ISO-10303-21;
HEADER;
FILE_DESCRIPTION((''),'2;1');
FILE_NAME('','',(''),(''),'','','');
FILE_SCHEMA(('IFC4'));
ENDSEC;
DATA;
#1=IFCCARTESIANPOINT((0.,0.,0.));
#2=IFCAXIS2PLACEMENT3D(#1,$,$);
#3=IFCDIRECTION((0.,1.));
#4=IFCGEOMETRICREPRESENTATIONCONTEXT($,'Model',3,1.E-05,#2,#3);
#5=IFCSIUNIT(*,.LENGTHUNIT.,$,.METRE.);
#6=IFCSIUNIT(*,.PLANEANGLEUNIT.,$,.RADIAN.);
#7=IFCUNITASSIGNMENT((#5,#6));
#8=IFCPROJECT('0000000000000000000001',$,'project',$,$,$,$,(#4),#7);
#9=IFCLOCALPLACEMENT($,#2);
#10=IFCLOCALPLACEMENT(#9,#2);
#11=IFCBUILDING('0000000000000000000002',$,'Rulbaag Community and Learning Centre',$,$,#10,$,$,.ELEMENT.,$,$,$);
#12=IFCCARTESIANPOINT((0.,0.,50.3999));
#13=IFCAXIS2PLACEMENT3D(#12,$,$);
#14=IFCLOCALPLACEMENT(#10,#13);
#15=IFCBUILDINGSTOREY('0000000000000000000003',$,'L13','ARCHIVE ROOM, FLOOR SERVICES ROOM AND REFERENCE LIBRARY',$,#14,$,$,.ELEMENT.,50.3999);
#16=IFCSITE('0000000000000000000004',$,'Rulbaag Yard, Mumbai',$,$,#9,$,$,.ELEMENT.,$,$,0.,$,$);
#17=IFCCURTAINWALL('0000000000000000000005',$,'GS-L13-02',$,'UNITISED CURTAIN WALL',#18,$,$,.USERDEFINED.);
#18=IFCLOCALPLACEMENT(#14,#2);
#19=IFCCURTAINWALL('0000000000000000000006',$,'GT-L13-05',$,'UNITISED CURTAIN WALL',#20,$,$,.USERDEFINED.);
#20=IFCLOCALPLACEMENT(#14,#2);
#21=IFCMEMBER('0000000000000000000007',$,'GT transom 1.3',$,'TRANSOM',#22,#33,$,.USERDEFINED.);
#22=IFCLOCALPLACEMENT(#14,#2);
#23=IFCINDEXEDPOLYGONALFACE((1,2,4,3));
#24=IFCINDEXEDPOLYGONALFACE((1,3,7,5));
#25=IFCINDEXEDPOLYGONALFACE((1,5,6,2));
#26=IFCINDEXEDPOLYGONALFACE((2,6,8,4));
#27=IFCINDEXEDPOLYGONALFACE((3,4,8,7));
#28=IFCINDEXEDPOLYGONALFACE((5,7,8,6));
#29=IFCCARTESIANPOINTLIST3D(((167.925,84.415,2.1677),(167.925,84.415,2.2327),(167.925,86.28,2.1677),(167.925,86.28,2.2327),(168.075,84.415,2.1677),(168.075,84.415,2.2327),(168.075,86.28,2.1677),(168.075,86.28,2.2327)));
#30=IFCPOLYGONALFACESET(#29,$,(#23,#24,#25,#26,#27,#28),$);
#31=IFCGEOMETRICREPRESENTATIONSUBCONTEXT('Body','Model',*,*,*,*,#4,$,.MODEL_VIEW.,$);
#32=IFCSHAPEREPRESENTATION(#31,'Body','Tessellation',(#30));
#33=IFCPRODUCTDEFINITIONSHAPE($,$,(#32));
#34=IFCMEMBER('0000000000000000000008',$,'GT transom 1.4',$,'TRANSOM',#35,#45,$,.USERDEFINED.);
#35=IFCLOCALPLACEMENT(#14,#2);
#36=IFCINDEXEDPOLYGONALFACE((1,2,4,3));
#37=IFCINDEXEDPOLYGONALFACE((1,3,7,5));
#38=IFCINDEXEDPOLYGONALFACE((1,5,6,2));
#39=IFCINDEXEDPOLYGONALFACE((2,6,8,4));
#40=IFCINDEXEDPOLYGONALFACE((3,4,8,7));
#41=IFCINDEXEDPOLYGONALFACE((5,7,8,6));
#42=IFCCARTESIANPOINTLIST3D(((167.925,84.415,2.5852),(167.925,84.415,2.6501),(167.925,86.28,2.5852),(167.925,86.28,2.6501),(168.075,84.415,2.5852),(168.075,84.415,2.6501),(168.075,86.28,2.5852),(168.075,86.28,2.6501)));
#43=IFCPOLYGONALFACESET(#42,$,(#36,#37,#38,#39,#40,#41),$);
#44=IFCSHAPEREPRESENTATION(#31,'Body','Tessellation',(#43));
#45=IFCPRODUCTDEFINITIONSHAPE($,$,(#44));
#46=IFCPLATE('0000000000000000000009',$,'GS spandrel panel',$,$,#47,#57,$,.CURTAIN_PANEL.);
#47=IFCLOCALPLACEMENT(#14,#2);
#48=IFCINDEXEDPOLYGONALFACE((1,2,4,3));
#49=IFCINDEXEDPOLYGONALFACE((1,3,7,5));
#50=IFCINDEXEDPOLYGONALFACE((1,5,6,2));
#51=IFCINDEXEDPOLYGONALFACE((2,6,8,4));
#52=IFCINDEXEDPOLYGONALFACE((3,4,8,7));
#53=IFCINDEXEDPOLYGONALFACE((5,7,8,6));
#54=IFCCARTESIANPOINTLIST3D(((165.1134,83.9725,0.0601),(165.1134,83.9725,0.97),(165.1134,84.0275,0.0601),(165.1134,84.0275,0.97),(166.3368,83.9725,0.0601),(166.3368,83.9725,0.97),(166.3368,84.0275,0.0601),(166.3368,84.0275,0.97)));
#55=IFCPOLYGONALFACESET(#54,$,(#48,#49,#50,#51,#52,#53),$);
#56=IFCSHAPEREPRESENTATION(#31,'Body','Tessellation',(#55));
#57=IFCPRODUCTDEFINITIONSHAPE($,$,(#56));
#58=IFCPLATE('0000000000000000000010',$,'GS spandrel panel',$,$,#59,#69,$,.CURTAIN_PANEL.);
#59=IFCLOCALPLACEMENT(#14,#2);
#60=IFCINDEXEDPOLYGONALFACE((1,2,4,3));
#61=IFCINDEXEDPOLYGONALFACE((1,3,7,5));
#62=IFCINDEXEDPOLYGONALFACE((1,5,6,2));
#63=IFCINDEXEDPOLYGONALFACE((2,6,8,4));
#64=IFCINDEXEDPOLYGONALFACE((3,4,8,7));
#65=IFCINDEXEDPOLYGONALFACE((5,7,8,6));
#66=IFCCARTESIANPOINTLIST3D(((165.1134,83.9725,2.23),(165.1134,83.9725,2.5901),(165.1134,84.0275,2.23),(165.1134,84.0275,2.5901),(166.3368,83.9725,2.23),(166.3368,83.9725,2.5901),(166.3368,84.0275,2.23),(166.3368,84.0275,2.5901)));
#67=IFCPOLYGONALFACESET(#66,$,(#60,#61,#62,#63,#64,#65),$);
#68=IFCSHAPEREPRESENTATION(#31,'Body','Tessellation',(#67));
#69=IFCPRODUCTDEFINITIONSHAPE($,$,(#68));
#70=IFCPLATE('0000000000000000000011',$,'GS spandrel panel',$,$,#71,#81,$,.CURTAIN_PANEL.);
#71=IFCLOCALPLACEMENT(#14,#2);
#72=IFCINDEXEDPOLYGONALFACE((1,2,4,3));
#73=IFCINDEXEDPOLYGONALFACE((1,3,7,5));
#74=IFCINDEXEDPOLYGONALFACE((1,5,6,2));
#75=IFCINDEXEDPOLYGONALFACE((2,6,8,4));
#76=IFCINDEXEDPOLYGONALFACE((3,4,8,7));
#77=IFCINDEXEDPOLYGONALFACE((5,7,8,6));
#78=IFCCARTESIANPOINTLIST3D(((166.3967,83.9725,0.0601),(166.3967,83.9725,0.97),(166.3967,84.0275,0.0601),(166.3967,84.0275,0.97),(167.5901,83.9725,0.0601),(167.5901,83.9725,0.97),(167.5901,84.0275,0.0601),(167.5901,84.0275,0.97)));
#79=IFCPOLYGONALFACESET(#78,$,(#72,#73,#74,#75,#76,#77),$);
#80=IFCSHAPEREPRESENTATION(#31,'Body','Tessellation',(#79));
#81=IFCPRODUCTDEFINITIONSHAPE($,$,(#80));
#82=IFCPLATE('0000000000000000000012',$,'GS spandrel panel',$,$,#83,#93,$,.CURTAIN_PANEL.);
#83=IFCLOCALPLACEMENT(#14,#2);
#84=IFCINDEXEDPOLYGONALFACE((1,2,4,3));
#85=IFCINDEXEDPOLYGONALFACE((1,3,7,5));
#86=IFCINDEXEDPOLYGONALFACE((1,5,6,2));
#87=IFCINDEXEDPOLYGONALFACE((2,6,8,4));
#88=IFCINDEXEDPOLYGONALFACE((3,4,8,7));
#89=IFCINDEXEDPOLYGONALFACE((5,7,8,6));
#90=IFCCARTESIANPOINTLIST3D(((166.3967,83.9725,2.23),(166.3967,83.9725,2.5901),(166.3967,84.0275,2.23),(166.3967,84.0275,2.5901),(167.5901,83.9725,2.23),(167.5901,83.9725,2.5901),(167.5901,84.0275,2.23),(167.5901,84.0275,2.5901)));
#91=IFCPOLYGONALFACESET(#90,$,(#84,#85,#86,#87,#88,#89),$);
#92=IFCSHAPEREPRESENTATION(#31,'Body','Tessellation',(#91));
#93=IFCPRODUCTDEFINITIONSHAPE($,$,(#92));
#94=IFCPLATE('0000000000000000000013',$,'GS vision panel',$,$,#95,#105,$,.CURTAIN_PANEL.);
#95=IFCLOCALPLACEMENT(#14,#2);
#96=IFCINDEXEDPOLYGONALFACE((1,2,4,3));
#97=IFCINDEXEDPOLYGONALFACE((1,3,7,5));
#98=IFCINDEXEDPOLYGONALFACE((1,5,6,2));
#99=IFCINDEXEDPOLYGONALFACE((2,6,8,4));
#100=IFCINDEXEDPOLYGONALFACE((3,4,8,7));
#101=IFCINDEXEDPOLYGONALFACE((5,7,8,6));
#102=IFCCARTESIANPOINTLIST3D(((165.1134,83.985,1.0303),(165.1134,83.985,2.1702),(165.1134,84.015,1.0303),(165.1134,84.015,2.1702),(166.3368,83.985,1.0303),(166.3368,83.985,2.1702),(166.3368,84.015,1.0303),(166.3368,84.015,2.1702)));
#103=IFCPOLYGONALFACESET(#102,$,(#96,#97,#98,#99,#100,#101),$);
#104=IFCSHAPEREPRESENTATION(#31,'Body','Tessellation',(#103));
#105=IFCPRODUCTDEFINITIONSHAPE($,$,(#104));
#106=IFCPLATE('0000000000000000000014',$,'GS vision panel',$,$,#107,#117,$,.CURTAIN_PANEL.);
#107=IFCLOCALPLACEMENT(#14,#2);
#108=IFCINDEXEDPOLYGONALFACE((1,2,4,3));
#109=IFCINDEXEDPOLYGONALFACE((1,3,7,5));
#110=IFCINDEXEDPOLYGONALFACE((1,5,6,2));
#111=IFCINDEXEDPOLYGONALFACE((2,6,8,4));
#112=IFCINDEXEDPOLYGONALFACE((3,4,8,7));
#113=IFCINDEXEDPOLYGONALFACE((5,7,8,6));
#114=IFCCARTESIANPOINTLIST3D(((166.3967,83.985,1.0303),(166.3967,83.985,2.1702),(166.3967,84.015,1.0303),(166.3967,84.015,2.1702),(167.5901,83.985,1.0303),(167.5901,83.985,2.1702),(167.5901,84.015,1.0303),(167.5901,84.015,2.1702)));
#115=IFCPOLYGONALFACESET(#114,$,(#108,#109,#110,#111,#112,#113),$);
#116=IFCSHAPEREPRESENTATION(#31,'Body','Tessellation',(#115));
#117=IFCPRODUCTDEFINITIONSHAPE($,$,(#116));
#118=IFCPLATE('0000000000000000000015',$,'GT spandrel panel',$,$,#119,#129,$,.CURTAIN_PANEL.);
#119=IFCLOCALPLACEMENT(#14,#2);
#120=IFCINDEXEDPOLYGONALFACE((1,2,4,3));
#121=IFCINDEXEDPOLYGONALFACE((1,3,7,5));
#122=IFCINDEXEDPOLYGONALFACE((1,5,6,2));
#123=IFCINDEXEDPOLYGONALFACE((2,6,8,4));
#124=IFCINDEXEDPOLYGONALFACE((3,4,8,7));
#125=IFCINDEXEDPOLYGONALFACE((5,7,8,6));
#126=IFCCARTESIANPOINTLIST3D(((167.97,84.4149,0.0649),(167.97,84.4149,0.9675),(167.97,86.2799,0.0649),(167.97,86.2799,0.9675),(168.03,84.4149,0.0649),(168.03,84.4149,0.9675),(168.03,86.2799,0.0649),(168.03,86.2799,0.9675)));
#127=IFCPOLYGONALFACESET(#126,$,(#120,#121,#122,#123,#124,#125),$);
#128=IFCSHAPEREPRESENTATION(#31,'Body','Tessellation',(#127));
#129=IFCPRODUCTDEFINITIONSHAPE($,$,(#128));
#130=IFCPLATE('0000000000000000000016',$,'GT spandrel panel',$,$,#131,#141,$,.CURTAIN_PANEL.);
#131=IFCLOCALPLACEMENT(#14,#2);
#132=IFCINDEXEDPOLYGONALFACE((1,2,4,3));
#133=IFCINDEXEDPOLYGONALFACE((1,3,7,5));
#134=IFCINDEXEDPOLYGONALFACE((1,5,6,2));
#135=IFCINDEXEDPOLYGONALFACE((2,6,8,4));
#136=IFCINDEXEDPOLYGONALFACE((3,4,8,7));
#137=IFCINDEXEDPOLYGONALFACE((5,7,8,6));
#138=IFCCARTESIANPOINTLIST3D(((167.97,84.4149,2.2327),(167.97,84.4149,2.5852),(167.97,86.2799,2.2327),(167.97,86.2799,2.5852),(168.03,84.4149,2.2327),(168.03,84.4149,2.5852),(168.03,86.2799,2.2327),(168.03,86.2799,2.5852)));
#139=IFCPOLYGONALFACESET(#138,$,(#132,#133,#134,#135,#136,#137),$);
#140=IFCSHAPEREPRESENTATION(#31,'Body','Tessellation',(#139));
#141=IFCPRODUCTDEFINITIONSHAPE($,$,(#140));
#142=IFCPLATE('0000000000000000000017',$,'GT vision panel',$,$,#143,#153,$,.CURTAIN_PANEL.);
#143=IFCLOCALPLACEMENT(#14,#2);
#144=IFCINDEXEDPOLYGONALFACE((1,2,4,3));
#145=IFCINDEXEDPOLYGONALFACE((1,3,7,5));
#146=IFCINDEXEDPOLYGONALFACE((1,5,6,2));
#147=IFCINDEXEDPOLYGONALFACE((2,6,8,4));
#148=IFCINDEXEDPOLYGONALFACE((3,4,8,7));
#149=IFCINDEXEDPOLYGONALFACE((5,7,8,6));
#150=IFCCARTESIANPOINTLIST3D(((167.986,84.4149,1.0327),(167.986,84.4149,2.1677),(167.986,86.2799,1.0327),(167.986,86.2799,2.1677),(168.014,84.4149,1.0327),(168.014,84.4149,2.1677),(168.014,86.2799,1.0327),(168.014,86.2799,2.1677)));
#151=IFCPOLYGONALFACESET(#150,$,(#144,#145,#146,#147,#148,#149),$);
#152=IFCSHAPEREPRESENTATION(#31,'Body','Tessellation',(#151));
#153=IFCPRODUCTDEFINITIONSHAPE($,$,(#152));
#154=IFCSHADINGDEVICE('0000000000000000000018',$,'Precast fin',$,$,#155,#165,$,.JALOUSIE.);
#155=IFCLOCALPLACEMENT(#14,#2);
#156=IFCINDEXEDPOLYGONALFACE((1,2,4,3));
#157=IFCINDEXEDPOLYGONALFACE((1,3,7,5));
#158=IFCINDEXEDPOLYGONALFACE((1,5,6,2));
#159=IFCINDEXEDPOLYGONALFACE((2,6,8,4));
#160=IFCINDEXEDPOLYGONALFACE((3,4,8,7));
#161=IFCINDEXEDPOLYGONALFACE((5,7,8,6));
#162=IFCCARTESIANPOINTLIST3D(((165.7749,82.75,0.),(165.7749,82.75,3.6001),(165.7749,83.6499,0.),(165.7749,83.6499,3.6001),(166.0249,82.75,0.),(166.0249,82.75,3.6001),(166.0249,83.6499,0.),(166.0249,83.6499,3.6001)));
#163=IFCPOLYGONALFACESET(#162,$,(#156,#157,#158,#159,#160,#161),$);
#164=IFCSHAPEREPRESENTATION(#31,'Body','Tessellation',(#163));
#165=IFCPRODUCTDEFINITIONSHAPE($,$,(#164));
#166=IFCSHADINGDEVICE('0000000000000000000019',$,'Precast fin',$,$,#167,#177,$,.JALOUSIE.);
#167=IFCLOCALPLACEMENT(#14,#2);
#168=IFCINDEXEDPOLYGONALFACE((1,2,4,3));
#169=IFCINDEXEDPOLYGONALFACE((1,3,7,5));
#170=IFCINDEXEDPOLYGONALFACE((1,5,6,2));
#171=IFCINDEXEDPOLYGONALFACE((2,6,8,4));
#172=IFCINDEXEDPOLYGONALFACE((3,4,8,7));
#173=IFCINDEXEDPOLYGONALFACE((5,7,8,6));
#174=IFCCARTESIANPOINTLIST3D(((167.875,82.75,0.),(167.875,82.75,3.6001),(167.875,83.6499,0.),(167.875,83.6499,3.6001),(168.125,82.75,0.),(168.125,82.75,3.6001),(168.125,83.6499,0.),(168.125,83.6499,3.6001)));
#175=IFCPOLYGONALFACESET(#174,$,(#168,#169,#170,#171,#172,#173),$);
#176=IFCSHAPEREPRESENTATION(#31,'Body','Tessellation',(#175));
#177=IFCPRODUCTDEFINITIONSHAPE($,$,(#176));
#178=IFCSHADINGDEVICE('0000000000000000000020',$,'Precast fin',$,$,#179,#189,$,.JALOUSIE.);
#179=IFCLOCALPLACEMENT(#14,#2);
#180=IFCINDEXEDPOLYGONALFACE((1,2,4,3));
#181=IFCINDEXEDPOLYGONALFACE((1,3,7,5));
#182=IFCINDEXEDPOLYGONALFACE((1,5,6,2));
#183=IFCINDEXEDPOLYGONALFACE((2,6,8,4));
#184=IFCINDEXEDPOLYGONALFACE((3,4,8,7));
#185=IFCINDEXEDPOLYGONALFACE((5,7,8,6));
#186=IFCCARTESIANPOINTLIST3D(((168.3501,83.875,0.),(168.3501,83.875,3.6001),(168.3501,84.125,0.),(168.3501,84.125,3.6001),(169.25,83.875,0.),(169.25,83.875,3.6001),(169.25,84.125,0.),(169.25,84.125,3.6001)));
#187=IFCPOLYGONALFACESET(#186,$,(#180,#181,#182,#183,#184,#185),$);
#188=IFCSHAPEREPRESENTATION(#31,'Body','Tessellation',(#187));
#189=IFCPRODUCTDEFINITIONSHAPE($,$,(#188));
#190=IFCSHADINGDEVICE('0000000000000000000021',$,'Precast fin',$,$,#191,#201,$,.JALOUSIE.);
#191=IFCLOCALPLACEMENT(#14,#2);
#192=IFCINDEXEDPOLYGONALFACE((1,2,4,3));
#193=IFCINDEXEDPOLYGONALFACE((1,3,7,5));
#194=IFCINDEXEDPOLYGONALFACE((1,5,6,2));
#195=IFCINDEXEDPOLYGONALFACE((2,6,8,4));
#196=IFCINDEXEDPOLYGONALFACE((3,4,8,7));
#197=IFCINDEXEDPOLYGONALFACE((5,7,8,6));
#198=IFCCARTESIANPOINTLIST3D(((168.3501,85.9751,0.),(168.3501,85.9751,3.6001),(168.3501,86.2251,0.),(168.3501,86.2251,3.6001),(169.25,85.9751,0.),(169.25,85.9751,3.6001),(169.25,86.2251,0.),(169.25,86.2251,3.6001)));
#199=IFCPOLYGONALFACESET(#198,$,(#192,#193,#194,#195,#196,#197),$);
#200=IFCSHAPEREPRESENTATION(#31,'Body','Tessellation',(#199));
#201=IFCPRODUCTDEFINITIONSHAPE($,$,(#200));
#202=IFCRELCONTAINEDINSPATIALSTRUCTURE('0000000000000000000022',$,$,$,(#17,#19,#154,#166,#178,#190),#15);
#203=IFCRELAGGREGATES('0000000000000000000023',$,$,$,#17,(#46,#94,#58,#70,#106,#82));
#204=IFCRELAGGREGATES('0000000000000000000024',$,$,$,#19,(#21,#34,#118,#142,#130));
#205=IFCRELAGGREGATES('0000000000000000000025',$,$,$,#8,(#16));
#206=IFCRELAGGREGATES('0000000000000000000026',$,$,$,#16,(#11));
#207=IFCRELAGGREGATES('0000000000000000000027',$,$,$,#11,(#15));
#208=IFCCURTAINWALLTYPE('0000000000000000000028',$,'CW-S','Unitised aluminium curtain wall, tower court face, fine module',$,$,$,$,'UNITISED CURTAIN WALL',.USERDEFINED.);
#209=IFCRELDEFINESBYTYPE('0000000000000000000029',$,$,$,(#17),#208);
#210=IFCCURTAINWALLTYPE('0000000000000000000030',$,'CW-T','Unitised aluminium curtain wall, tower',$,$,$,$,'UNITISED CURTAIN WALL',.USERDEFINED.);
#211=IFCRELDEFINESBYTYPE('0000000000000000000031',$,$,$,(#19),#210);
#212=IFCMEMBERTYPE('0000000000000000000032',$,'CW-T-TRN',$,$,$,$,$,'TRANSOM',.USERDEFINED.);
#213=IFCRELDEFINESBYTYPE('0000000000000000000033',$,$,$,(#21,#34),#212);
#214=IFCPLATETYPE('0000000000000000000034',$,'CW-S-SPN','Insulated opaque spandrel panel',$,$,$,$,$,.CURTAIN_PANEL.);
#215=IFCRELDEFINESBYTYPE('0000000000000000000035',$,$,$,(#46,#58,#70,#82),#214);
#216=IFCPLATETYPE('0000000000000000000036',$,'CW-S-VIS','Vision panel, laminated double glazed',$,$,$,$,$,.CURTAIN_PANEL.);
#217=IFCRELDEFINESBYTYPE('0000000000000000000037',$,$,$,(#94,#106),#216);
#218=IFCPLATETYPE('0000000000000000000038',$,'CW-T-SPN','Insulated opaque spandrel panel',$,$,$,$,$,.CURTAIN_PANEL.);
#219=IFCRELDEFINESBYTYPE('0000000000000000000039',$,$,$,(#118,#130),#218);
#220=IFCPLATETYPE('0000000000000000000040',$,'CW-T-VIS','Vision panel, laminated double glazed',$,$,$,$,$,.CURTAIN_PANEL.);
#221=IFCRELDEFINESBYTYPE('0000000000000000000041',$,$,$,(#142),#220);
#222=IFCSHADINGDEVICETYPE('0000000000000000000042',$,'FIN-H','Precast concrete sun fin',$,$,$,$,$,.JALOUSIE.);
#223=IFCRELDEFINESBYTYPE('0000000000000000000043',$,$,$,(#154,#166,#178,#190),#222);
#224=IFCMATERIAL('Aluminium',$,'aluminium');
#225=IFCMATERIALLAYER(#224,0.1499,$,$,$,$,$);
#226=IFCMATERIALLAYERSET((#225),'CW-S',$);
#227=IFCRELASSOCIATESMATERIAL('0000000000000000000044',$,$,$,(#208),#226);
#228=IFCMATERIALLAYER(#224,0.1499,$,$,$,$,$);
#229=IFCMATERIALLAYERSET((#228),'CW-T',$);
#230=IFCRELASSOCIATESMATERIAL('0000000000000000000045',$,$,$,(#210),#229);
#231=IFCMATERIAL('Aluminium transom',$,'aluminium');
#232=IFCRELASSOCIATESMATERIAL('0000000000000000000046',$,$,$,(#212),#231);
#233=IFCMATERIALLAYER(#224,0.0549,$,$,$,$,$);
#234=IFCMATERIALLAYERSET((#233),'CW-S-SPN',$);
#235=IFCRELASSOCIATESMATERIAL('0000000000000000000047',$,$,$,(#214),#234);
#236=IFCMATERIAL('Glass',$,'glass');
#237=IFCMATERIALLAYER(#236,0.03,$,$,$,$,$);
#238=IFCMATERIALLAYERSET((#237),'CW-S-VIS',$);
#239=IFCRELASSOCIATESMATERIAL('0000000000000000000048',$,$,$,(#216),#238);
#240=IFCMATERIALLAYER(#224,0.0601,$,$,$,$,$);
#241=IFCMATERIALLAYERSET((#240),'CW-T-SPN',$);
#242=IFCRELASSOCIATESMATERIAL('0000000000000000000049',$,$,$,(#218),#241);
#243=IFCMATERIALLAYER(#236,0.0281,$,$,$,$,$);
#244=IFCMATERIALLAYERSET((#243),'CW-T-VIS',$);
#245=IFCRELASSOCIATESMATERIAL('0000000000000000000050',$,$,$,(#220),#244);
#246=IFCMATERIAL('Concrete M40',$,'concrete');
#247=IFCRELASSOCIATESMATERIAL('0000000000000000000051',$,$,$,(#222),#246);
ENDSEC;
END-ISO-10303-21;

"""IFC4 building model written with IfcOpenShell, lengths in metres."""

from ifc_helpers import new_model, si_unit, direction, frame, origin, origin_2d, place, context, subcontext, project, spatial, rectangle, extrude, material, layer, layer_set, material_profile, profile_set, type_object, element, aggregate, save


model = new_model("IFC4")

# Units and contexts
model_context = context("Model", 3, precision=1e-05, world=origin(), true_north=direction((0.0, 1.0)))
body_context = subcontext(model_context, "Body", "Model", "MODEL_VIEW")
ifc_project = project(units=[si_unit("LENGTHUNIT", "METRE"), si_unit("PLANEANGLEUNIT", "RADIAN")], contexts=[model_context])

# Site, building, storey
site_placement = place(None, origin())
site = spatial("IfcSite", under=ifc_project, at=site_placement, Name="Rulbaag Yard, Mumbai", CompositionType="ELEMENT", RefElevation=0.0)
building_placement = place(site_placement, origin())
building = spatial("IfcBuilding", under=site, at=building_placement, Name="Rulbaag Community and Learning Centre", CompositionType="ELEMENT")
storey_placement = place(building_placement, frame((0.0, 0.0, 50.3999)))
storey = spatial("IfcBuildingStorey", under=building, at=storey_placement, Name="L13", Description="ARCHIVE ROOM, FLOOR SERVICES ROOM AND REFERENCE LIBRARY", CompositionType="ELEMENT", Elevation=50.3999)

# Shared definitions
ifc_material_1 = material(Name="Concrete M40", Category="concrete")

# Curtain walls, members
ifc_material_2 = material(Name="Aluminium", Category="aluminium")
ifc_layer_1 = layer(ifc_material_2, 0.1499)
ifc_layer_set_1 = layer_set([ifc_layer_1], Name="CW-S")
curtain_wall_type_1 = type_object("IfcCurtainWallType", Name="CW-S", Description="Unitised aluminium curtain wall, tower court face, fine module", ElementType="UNITISED CURTAIN WALL", PredefinedType="USERDEFINED", material=ifc_layer_set_1)
curtain_wall_1_placement = place(storey_placement, origin())
curtain_wall_1 = element("IfcCurtainWall", 1, at=curtain_wall_1_placement, inside=storey, type_object=curtain_wall_type_1, Name="GS-L13-02", ObjectType="UNITISED CURTAIN WALL", PredefinedType="USERDEFINED")
ifc_material_3 = material(Name="Aluminium transom", Category="aluminium")
ifc_layer_2 = layer(ifc_material_2, 0.1499)
ifc_layer_set_2 = layer_set([ifc_layer_2], Name="CW-T")
curtain_wall_type_2 = type_object("IfcCurtainWallType", Name="CW-T", Description="Unitised aluminium curtain wall, tower", ElementType="UNITISED CURTAIN WALL", PredefinedType="USERDEFINED", material=ifc_layer_set_2)
curtain_wall_2_placement = place(storey_placement, origin())
curtain_wall_2 = element("IfcCurtainWall", 2, at=curtain_wall_2_placement, inside=storey, type_object=curtain_wall_type_2, Name="GT-L13-05", ObjectType="UNITISED CURTAIN WALL", PredefinedType="USERDEFINED")
ifc_material_profile_1 = material_profile(ifc_material_3, rectangle(XDim=0.1499, YDim=0.0649, at=origin_2d()), Name="AL 65x150 T")
ifc_profile_set_1 = profile_set([ifc_material_profile_1], Name="Aluminium transom")
member_type_1 = type_object("IfcMemberType", Name="CW-T-TRN", ElementType="TRANSOM", PredefinedType="USERDEFINED", material=ifc_profile_set_1)
member_1_placement = place(storey_placement, frame((168.0, 84.415, 2.2002), z_axis=(0.0, 1.0, 0.0), x_axis=(-1.0, 0.0, 0.0)))
member_1 = element("IfcMember", 3, at=member_1_placement, type_object=member_type_1, Name="GT transom 1.3", ObjectType="TRANSOM", PredefinedType="USERDEFINED", context=body_context, shape_type="SweptSolid", body=[
    extrude(rectangle(XDim=0.1499, YDim=0.0649, at=origin_2d()), origin(), (0.0, 0.0, 1.0), 1.865),
])
member_2_placement = place(storey_placement, frame((168.0, 84.415, 2.6177), z_axis=(0.0, 1.0, 0.0), x_axis=(-1.0, 0.0, 0.0)))
member_2 = element("IfcMember", 4, at=member_2_placement, type_object=member_type_1, Name="GT transom 1.4", ObjectType="TRANSOM", PredefinedType="USERDEFINED", context=body_context, shape_type="SweptSolid", body=[
    extrude(rectangle(XDim=0.1499, YDim=0.0649, at=origin_2d()), origin(), (0.0, 0.0, 1.0), 1.865),
])

# Plates
ifc_layer_3 = layer(ifc_material_2, 0.0549)
ifc_layer_set_3 = layer_set([ifc_layer_3], Name="CW-S-SPN")
plate_type_1 = type_object("IfcPlateType", Name="CW-S-SPN", Description="Insulated opaque spandrel panel", PredefinedType="CURTAIN_PANEL", material=ifc_layer_set_3)
plate_1_placement = place(storey_placement, frame((165.7251, 84.0, 0.0601), z_axis=(0.0, 0.0, 1.0), x_axis=(1.0, 0.0, 0.0)))
plate_1 = element("IfcPlate", 5, at=plate_1_placement, type_object=plate_type_1, Name="GS spandrel panel", PredefinedType="CURTAIN_PANEL", context=body_context, shape_type="SweptSolid", body=[
    extrude(rectangle(XDim=1.2234, YDim=0.0549, at=origin_2d()), origin(), (0.0, 0.0, 1.0), 0.9099),
])
plate_2_placement = place(storey_placement, frame((165.7251, 84.0, 2.23), z_axis=(0.0, 0.0, 1.0), x_axis=(1.0, 0.0, 0.0)))
plate_2 = element("IfcPlate", 6, at=plate_2_placement, type_object=plate_type_1, Name="GS spandrel panel", PredefinedType="CURTAIN_PANEL", context=body_context, shape_type="SweptSolid", body=[
    extrude(rectangle(XDim=1.2234, YDim=0.0549, at=origin_2d()), origin(), (0.0, 0.0, 1.0), 0.3601),
])
plate_3_placement = place(storey_placement, frame((166.9934, 84.0, 0.0601), z_axis=(0.0, 0.0, 1.0), x_axis=(1.0, 0.0, 0.0)))
plate_3 = element("IfcPlate", 7, at=plate_3_placement, type_object=plate_type_1, Name="GS spandrel panel", PredefinedType="CURTAIN_PANEL", context=body_context, shape_type="SweptSolid", body=[
    extrude(rectangle(XDim=1.1934, YDim=0.0549, at=origin_2d()), origin(), (0.0, 0.0, 1.0), 0.9099),
])
plate_4_placement = place(storey_placement, frame((166.9934, 84.0, 2.23), z_axis=(0.0, 0.0, 1.0), x_axis=(1.0, 0.0, 0.0)))
plate_4 = element("IfcPlate", 8, at=plate_4_placement, type_object=plate_type_1, Name="GS spandrel panel", PredefinedType="CURTAIN_PANEL", context=body_context, shape_type="SweptSolid", body=[
    extrude(rectangle(XDim=1.1934, YDim=0.0549, at=origin_2d()), origin(), (0.0, 0.0, 1.0), 0.3601),
])
ifc_material_4 = material(Name="Glass", Category="glass")
ifc_layer_4 = layer(ifc_material_4, 0.03)
ifc_layer_set_4 = layer_set([ifc_layer_4], Name="CW-S-VIS")
plate_type_2 = type_object("IfcPlateType", Name="CW-S-VIS", Description="Vision panel, laminated double glazed", PredefinedType="CURTAIN_PANEL", material=ifc_layer_set_4)
plate_5_placement = place(storey_placement, frame((165.7251, 84.0, 1.0303), z_axis=(0.0, 0.0, 1.0), x_axis=(1.0, 0.0, 0.0)))
plate_5 = element("IfcPlate", 9, at=plate_5_placement, type_object=plate_type_2, Name="GS vision panel", PredefinedType="CURTAIN_PANEL", context=body_context, shape_type="SweptSolid", body=[
    extrude(rectangle(XDim=1.2234, YDim=0.03, at=origin_2d()), origin(), (0.0, 0.0, 1.0), 1.1399),
])
plate_6_placement = place(storey_placement, frame((166.9934, 84.0, 1.0303), z_axis=(0.0, 0.0, 1.0), x_axis=(1.0, 0.0, 0.0)))
plate_6 = element("IfcPlate", 10, at=plate_6_placement, type_object=plate_type_2, Name="GS vision panel", PredefinedType="CURTAIN_PANEL", context=body_context, shape_type="SweptSolid", body=[
    extrude(rectangle(XDim=1.1934, YDim=0.03, at=origin_2d()), origin(), (0.0, 0.0, 1.0), 1.1399),
])
aggregate(curtain_wall_1, [plate_1, plate_5, plate_2, plate_3, plate_6, plate_4])
ifc_layer_5 = layer(ifc_material_2, 0.0601)
ifc_layer_set_5 = layer_set([ifc_layer_5], Name="CW-T-SPN")
plate_type_3 = type_object("IfcPlateType", Name="CW-T-SPN", Description="Insulated opaque spandrel panel", PredefinedType="CURTAIN_PANEL", material=ifc_layer_set_5)
plate_7_placement = place(storey_placement, frame((168.0, 85.3474, 0.0649), z_axis=(0.0, 0.0, 1.0), x_axis=(0.0, 1.0, 0.0)))
plate_7 = element("IfcPlate", 11, at=plate_7_placement, type_object=plate_type_3, Name="GT spandrel panel", PredefinedType="CURTAIN_PANEL", context=body_context, shape_type="SweptSolid", body=[
    extrude(rectangle(XDim=1.865, YDim=0.0601, at=origin_2d()), origin(), (0.0, 0.0, 1.0), 0.9026),
])
plate_8_placement = place(storey_placement, frame((168.0, 85.3474, 2.2327), z_axis=(0.0, 0.0, 1.0), x_axis=(0.0, 1.0, 0.0)))
plate_8 = element("IfcPlate", 12, at=plate_8_placement, type_object=plate_type_3, Name="GT spandrel panel", PredefinedType="CURTAIN_PANEL", context=body_context, shape_type="SweptSolid", body=[
    extrude(rectangle(XDim=1.865, YDim=0.0601, at=origin_2d()), origin(), (0.0, 0.0, 1.0), 0.3525),
])
ifc_layer_6 = layer(ifc_material_4, 0.0281)
ifc_layer_set_6 = layer_set([ifc_layer_6], Name="CW-T-VIS")
plate_type_4 = type_object("IfcPlateType", Name="CW-T-VIS", Description="Vision panel, laminated double glazed", PredefinedType="CURTAIN_PANEL", material=ifc_layer_set_6)
plate_9_placement = place(storey_placement, frame((168.0, 85.3474, 1.0327), z_axis=(0.0, 0.0, 1.0), x_axis=(0.0, 1.0, 0.0)))
plate_9 = element("IfcPlate", 13, at=plate_9_placement, type_object=plate_type_4, Name="GT vision panel", PredefinedType="CURTAIN_PANEL", context=body_context, shape_type="SweptSolid", body=[
    extrude(rectangle(XDim=1.865, YDim=0.0281, at=origin_2d()), origin(), (0.0, 0.0, 1.0), 1.135),
])
aggregate(curtain_wall_2, [member_1, member_2, plate_7, plate_9, plate_8])

# Shading devices
ifc_material_profile_2 = material_profile(ifc_material_1, rectangle(XDim=0.25, YDim=0.8999, at=origin_2d()), Name="PC 250x900")
ifc_profile_set_2 = profile_set([ifc_material_profile_2], Name="Concrete M40")
shading_device_type = type_object("IfcShadingDeviceType", Name="FIN-H", Description="Precast concrete sun fin", PredefinedType="JALOUSIE", material=ifc_profile_set_2)
for number, where, z_axis, x_axis, name in (
    (14, (165.8999, 83.2, 0.0), (0.0, 0.0, 1.0), (1.0, 0.0, 0.0), "Precast fin"),
    (15, (168.0, 83.2, 0.0), (0.0, 0.0, 1.0), (1.0, 0.0, 0.0), "Precast fin"),
    (16, (168.8, 84.0, 0.0), (0.0, 0.0, 1.0), (0.0, 1.0, 0.0), "Precast fin"),
    (17, (168.8, 86.1001, 0.0), (0.0, 0.0, 1.0), (0.0, 1.0, 0.0), "Precast fin"),
):
    element("IfcShadingDevice", number, at=place(storey_placement, frame(where, z_axis=z_axis, x_axis=x_axis)), inside=storey, type_object=shading_device_type, Name=name, PredefinedType="JALOUSIE", context=body_context, shape_type="SweptSolid", body=[
        extrude(rectangle(XDim=0.25, YDim=0.8999, at=origin_2d()), origin(), (0.0, 0.0, 1.0), 3.6001),
    ])

save(model, "model.ifc")
